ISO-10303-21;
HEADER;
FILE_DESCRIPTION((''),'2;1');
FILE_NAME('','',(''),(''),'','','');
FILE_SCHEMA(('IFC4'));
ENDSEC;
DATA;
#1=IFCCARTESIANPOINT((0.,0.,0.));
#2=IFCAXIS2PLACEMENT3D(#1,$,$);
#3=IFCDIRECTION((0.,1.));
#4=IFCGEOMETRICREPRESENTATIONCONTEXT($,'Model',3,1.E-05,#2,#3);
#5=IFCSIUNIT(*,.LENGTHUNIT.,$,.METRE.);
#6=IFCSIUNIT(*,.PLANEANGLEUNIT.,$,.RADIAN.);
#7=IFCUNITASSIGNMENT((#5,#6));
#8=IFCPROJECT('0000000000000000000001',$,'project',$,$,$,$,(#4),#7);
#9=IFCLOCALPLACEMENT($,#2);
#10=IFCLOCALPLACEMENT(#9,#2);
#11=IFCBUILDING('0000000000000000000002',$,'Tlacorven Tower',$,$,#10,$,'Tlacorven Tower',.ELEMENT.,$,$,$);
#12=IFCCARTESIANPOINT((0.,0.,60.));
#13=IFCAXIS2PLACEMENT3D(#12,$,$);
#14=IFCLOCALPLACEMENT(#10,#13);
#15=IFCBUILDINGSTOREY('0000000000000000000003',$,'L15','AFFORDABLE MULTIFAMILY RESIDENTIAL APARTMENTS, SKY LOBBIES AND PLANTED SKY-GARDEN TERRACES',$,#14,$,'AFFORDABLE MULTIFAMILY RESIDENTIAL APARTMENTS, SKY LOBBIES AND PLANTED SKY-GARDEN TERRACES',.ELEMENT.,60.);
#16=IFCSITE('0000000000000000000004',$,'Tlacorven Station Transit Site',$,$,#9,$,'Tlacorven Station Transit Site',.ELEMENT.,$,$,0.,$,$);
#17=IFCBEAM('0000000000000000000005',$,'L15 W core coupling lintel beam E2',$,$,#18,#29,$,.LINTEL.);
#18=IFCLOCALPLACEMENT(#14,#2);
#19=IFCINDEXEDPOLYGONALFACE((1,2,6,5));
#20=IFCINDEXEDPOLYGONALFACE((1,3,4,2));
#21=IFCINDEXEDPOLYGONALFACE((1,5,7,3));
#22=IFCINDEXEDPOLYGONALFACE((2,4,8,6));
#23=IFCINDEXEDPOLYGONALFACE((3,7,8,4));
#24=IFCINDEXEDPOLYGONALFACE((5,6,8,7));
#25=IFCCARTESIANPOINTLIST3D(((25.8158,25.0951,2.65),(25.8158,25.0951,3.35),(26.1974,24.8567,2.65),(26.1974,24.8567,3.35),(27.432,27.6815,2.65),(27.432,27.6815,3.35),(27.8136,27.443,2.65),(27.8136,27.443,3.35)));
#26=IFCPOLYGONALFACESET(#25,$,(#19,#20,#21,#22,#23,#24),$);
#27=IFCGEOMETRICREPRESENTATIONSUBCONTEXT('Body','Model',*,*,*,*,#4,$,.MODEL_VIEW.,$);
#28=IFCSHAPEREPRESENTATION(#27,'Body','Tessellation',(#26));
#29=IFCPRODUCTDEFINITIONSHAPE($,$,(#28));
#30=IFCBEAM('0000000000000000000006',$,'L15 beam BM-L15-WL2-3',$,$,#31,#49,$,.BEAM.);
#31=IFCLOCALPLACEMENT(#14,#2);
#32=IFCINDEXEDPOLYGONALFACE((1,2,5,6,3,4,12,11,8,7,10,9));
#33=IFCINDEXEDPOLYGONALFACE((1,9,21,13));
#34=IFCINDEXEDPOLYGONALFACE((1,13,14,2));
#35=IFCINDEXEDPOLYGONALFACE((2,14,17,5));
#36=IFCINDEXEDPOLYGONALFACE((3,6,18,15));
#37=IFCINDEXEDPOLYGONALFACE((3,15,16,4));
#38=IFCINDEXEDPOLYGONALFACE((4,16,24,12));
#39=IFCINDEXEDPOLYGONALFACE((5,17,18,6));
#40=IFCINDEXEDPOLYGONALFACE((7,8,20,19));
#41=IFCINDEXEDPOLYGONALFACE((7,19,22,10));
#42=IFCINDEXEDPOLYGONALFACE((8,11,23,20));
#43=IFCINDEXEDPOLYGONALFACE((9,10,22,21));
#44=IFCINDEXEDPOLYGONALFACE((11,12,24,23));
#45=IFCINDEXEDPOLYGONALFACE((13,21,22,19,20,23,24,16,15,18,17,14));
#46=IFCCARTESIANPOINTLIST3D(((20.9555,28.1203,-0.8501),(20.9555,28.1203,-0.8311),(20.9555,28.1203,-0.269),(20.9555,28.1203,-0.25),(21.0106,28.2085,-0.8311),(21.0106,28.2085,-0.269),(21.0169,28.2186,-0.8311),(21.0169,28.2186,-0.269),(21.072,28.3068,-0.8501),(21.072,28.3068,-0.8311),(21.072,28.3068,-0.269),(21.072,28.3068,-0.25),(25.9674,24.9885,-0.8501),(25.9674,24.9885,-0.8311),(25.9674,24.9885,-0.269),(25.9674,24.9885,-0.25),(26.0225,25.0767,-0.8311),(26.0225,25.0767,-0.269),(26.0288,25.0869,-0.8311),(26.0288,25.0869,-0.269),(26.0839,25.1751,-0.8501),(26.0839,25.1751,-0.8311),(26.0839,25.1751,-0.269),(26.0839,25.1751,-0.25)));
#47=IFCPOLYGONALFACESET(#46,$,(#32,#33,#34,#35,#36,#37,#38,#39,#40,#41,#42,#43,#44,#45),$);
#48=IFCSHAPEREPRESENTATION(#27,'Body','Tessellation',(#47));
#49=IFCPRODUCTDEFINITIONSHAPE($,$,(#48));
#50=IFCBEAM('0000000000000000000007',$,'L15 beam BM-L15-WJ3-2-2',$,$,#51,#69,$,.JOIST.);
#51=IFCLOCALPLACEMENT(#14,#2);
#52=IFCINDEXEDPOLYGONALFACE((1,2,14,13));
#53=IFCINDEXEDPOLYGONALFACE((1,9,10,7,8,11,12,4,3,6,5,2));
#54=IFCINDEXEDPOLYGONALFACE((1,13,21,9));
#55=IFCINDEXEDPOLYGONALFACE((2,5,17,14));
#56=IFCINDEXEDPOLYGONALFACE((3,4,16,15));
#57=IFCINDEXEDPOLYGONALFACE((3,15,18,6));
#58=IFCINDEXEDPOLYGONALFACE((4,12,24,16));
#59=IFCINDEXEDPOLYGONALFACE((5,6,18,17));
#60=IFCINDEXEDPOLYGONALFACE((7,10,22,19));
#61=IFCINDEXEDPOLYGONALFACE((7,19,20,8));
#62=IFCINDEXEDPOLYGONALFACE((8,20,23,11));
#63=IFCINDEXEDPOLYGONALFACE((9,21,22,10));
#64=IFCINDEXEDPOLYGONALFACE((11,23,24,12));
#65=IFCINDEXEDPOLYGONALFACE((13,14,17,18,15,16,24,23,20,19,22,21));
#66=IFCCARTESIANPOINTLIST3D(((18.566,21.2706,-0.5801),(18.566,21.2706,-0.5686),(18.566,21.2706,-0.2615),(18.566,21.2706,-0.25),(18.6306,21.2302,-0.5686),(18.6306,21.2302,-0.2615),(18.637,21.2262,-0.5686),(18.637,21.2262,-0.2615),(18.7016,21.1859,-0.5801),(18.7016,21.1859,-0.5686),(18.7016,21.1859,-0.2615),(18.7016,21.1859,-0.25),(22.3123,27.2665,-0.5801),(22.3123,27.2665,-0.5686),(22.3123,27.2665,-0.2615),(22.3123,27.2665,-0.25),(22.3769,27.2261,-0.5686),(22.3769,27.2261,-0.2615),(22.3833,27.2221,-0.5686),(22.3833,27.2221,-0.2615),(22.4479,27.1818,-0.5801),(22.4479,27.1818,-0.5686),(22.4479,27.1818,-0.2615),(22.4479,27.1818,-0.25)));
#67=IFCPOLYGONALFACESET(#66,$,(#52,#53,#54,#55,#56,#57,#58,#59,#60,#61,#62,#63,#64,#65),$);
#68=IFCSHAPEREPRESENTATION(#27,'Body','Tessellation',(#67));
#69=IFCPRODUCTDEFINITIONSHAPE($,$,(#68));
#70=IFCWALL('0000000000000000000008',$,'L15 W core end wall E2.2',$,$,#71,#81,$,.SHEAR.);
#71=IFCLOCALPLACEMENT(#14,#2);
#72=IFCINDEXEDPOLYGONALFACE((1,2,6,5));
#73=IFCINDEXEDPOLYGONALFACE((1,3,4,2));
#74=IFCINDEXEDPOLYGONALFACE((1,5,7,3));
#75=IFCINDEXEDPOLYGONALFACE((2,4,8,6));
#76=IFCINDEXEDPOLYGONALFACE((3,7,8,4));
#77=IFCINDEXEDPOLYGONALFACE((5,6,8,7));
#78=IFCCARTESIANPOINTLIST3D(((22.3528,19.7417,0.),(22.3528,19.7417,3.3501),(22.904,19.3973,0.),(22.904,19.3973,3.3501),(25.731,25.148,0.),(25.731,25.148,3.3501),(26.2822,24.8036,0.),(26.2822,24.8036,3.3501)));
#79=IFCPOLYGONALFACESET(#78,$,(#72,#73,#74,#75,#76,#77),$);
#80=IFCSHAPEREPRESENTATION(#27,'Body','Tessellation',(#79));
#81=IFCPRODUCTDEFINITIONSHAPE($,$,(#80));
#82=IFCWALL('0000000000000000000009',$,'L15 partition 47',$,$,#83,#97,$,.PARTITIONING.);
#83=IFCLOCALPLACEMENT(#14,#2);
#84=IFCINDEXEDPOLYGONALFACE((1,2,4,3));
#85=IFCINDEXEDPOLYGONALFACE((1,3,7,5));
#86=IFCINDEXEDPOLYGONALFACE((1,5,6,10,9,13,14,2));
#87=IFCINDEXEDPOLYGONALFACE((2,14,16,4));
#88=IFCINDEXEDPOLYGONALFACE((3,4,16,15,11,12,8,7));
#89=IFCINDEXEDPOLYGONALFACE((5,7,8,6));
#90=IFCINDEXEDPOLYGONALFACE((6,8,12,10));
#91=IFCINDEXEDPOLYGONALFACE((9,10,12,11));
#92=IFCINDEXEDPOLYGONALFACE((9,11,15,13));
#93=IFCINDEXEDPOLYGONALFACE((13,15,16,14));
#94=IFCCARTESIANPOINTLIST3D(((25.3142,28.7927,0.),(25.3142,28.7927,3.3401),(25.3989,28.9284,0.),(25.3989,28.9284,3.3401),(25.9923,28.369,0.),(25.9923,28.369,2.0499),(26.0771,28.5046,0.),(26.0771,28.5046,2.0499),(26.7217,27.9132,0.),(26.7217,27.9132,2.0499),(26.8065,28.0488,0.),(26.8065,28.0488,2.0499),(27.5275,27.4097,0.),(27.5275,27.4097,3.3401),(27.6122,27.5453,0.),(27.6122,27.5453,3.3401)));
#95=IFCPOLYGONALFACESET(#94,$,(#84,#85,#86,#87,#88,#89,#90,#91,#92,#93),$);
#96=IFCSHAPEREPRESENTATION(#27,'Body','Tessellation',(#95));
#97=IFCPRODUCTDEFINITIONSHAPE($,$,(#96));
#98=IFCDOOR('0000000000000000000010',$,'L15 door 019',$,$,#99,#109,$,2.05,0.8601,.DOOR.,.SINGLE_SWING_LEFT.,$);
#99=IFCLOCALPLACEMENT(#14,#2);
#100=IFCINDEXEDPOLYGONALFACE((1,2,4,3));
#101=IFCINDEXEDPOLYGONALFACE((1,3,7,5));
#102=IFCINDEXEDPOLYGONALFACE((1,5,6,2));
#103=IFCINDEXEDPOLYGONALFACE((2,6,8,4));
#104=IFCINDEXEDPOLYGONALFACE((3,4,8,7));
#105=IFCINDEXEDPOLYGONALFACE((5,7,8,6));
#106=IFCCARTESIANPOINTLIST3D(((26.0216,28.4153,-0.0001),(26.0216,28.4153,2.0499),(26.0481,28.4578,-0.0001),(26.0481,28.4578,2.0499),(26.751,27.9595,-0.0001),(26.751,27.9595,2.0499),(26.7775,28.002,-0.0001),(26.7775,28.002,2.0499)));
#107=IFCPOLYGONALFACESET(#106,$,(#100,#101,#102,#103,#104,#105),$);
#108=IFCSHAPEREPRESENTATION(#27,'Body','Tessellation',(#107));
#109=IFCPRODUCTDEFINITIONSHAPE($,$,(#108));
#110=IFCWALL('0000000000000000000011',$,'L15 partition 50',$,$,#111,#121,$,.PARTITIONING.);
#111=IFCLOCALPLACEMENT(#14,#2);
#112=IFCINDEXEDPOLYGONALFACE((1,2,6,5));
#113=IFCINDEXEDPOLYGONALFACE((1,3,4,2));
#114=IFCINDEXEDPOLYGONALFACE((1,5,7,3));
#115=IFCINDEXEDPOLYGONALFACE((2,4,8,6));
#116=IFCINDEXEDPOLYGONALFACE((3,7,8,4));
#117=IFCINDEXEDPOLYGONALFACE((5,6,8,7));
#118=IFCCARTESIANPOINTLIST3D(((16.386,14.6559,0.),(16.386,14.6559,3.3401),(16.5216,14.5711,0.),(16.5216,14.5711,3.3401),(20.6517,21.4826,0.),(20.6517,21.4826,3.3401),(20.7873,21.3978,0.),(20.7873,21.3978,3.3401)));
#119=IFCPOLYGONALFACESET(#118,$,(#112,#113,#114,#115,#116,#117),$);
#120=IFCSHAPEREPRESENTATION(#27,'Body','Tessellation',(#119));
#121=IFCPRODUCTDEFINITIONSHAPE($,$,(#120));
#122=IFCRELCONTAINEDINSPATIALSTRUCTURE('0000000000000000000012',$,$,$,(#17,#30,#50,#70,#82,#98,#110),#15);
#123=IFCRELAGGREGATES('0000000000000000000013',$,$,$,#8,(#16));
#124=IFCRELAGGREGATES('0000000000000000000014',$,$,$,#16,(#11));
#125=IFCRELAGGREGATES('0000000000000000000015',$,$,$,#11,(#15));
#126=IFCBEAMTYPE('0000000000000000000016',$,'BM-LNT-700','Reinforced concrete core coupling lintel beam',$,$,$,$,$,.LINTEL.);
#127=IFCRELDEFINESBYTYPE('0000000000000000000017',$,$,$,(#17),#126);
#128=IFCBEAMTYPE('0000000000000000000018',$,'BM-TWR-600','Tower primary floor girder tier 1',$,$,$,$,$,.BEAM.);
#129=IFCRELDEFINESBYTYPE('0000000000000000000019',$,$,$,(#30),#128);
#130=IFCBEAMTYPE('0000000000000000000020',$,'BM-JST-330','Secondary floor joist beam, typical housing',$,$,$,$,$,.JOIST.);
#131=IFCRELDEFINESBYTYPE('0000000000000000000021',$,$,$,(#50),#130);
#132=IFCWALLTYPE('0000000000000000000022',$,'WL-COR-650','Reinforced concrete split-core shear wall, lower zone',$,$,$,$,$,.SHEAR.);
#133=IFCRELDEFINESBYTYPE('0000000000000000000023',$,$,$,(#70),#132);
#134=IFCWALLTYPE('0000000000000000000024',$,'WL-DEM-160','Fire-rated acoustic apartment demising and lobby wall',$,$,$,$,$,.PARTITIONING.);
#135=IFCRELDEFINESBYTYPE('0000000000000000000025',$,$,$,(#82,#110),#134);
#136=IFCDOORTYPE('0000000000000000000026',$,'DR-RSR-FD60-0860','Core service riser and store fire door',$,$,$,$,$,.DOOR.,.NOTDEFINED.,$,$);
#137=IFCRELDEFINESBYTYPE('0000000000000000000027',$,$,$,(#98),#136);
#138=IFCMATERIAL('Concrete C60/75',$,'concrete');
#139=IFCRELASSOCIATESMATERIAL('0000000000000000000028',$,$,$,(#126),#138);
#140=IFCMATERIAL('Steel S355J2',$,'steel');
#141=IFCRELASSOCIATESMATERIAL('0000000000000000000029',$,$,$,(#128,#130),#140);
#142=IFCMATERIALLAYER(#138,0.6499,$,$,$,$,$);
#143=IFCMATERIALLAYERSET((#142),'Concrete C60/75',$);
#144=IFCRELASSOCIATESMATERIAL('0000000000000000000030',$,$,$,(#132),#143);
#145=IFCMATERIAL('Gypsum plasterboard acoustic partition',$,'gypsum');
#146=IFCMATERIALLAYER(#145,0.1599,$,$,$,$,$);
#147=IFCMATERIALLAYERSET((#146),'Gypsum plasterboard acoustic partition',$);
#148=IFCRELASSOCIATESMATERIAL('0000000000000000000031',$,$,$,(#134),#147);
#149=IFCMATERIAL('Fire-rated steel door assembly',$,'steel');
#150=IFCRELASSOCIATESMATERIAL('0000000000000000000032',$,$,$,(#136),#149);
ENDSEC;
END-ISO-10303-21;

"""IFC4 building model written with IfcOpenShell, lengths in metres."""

from ifc_helpers import new_model, si_unit, direction, frame, frame_2d, origin, origin_2d, place, context, subcontext, project, spatial, rectangle, i_section, extrude, source, transform, mapped, material, layer, layer_set, material_profile, profile_set, type_object, element, fill, save


model = new_model("IFC4")

# Units and contexts
model_context = context("Model", 3, precision=1e-05, world=origin(), true_north=direction((0.0, 1.0)))
body_context = subcontext(model_context, "Body", "Model", "MODEL_VIEW")
ifc_project = project(units=[si_unit("LENGTHUNIT", "METRE"), si_unit("PLANEANGLEUNIT", "RADIAN")], contexts=[model_context])

# Site, building, storey
site_placement = place(None, origin())
site = spatial("IfcSite", under=ifc_project, at=site_placement, Name="Tlacorven Station Transit Site", LongName="Tlacorven Station Transit Site", CompositionType="ELEMENT", RefElevation=0.0)
building_placement = place(site_placement, origin())
building = spatial("IfcBuilding", under=site, at=building_placement, Name="Tlacorven Tower", LongName="Tlacorven Tower", CompositionType="ELEMENT")
storey_placement = place(building_placement, frame((0.0, 0.0, 60.0)))
storey = spatial("IfcBuildingStorey", under=building, at=storey_placement, Name="L15", Description="AFFORDABLE MULTIFAMILY RESIDENTIAL APARTMENTS, SKY LOBBIES AND PLANTED SKY-GARDEN TERRACES", LongName="AFFORDABLE MULTIFAMILY RESIDENTIAL APARTMENTS, SKY LOBBIES AND PLANTED SKY-GARDEN TERRACES", CompositionType="ELEMENT", Elevation=60.0)

# Beams
ifc_material_1 = material(Name="Concrete C60/75", Category="concrete")
ifc_material_profile_1 = material_profile(ifc_material_1, rectangle(XDim=0.45, YDim=0.7, at=origin_2d()), Name="RC 450X700")
ifc_profile_set_1 = profile_set([ifc_material_profile_1], Name="Concrete C60/75")
beam_type_1 = type_object("IfcBeamType", Name="BM-LNT-700", Description="Reinforced concrete core coupling lintel beam", PredefinedType="LINTEL", material=ifc_profile_set_1)
shared_shape_1 = source(origin(), body_context, "Body", "SweptSolid", [
    extrude(rectangle(XDim=0.45, YDim=0.7, at=origin_2d()), origin(), (0.0, 0.0, 1.0), 3.0498),
])
beam_1_placement = place(storey_placement, frame((27.6228, 27.5623, 3.0), z_axis=(-0.529927, -0.848043, 0.0), x_axis=(0.848043, -0.529927, 0.0)))
element("IfcBeam", 1, at=beam_1_placement, inside=storey, type_object=beam_type_1, Name="L15 W core coupling lintel beam E2", PredefinedType="LINTEL", context=body_context, shape_type="MappedRepresentation", body=[
    mapped(shared_shape_1, transform((0.0, 0.0, 0.0), scale=1.0)),
])
ifc_material_2 = material(Name="Steel S355J2", Category="steel")
ifc_material_profile_2 = material_profile(ifc_material_2, i_section(OverallWidth=0.22, OverallDepth=0.6001, WebThickness=0.012, FlangeThickness=0.019, at=origin_2d()), Name="IPE 600")
ifc_profile_set_2 = profile_set([ifc_material_profile_2], Name="Steel S355J2")
beam_type_2 = type_object("IfcBeamType", Name="BM-TWR-600", Description="Tower primary floor girder tier 1", PredefinedType="BEAM", material=ifc_profile_set_2)
shared_shape_2 = source(origin(), body_context, "Body", "SweptSolid", [
    extrude(i_section(OverallWidth=0.22, OverallDepth=0.6001, WebThickness=0.012, FlangeThickness=0.019, at=origin_2d()), origin(), (0.0, 0.0, 1.0), 5.9099),
])
beam_2_placement = place(storey_placement, frame((26.0256, 25.0818, -0.55), z_axis=(-0.848047, 0.529921, 0.0), x_axis=(-0.529921, -0.848047, 0.0)))
element("IfcBeam", 2, at=beam_2_placement, inside=storey, type_object=beam_type_2, Name="L15 beam BM-L15-WL2-3", PredefinedType="BEAM", context=body_context, shape_type="MappedRepresentation", body=[
    mapped(shared_shape_2, transform((0.0, 0.0, 0.0), scale=1.0)),
])
ifc_material_profile_3 = material_profile(ifc_material_2, i_section(OverallWidth=0.1599, OverallDepth=0.3301, WebThickness=0.0076, FlangeThickness=0.0115, at=origin_2d()), Name="IPE 330")
ifc_profile_set_3 = profile_set([ifc_material_profile_3], Name="Steel S355J2")
beam_type_3 = type_object("IfcBeamType", Name="BM-JST-330", Description="Secondary floor joist beam, typical housing", PredefinedType="JOIST", material=ifc_profile_set_3)
shared_shape_3 = source(origin(), body_context, "Body", "SweptSolid", [
    extrude(i_section(OverallWidth=0.1599, OverallDepth=0.3301, WebThickness=0.0076, FlangeThickness=0.0115, at=origin_2d()), origin(), (0.0, 0.0, 1.0), 7.0701),
])
beam_3_placement = place(storey_placement, frame((22.3801, 27.2241, -0.415), z_axis=(-0.52989, -0.848066, 0.0), x_axis=(0.848066, -0.52989, 0.0)))
element("IfcBeam", 3, at=beam_3_placement, inside=storey, type_object=beam_type_3, Name="L15 beam BM-L15-WJ3-2-2", PredefinedType="JOIST", context=body_context, shape_type="MappedRepresentation", body=[
    mapped(shared_shape_3, transform((0.0, 0.0, 0.0), scale=1.0)),
])

# Wall
ifc_layer_1 = layer(ifc_material_1, 0.6499)
ifc_layer_set_1 = layer_set([ifc_layer_1], Name="Concrete C60/75")
wall_type_1 = type_object("IfcWallType", Name="WL-COR-650", Description="Reinforced concrete split-core shear wall, lower zone", PredefinedType="SHEAR", material=ifc_layer_set_1)
wall_1_placement = place(storey_placement, frame((26.0066, 24.9758, 0.0), z_axis=(0.0, 0.0, 1.0), x_axis=(-0.529916, -0.84805, 0.0)))
element("IfcWall", 4, at=wall_1_placement, inside=storey, type_object=wall_type_1, Name="L15 W core end wall E2.2", PredefinedType="SHEAR", context=body_context, shape_type="SweptSolid", body=[
    extrude(rectangle(XDim=6.375, YDim=0.6499, at=frame_2d((3.1875, 0.0))), origin(), (0.0, 0.0, 1.0), 3.3501),
])

# Wall, opening, door
ifc_material_3 = material(Name="Gypsum plasterboard acoustic partition", Category="gypsum")
ifc_layer_2 = layer(ifc_material_3, 0.1599)
ifc_layer_set_2 = layer_set([ifc_layer_2], Name="Gypsum plasterboard acoustic partition")
wall_type_2 = type_object("IfcWallType", Name="WL-DEM-160", Description="Fire-rated acoustic apartment demising and lobby wall", PredefinedType="PARTITIONING", material=ifc_layer_set_2)
wall_2_placement = place(storey_placement, frame((27.5698, 27.4775, 0.0), z_axis=(0.0, 0.0, 1.0), x_axis=(-0.848051, 0.529915, 0.0)))
wall_2 = element("IfcWall", 5, at=wall_2_placement, inside=storey, type_object=wall_type_2, Name="L15 partition 47", PredefinedType="PARTITIONING", context=body_context, shape_type="SweptSolid", body=[
    extrude(rectangle(XDim=2.6099, YDim=0.1599, at=frame_2d((1.3049, 0.0))), origin(), (0.0, 0.0, 1.0), 3.3401),
])
opening_1_placement = place(wall_2_placement, frame((0.95, 0.0, 0.0)))
opening_1 = element("IfcOpeningElement", 6, at=opening_1_placement, cuts=wall_2, PredefinedType="OPENING", context=body_context, shape_type="SweptSolid", body=[
    extrude(rectangle(XDim=0.8601, YDim=2.05, at=frame_2d((0.4302, 1.0249))), frame((0.0, 0.0898, 0.0), z_axis=(0.0, -1.0, 0.0), x_axis=(1.0, 0.0, 0.0)), (0.0, 0.0, 1.0), 0.1799),
])
ifc_material_4 = material(Name="Fire-rated steel door assembly", Category="steel")
door_type_1 = type_object("IfcDoorType", Name="DR-RSR-FD60-0860", Description="Core service riser and store fire door", OperationType="NOTDEFINED", PredefinedType="DOOR", material=ifc_material_4)
shared_shape_4 = source(origin(), body_context, "Body", "SweptSolid", [
    extrude(rectangle(XDim=0.8601, YDim=2.05, at=frame_2d((0.4302, 1.0249))), frame((0.0, 0.0249, 0.0), z_axis=(0.0, -1.0, 0.0), x_axis=(1.0, 0.0, 0.0)), (0.0, 0.0, 1.0), 0.05),
])
door_1_placement = place(opening_1_placement, frame((0.8601, 0.0, 0.0), z_axis=(0.0, 0.0, 1.0), x_axis=(-1.0, 0.0, 0.0)))
door_1 = element("IfcDoor", 7, at=door_1_placement, inside=storey, type_object=door_type_1, Name="L15 door 019", OperationType="SINGLE_SWING_LEFT", OverallHeight=2.05, OverallWidth=0.8601, PredefinedType="DOOR", context=body_context, shape_type="MappedRepresentation", body=[
    mapped(shared_shape_4, transform((0.0, 0.0, 0.0), scale=1.0)),
])
fill(opening_1, door_1)

# Wall
wall_3_placement = place(storey_placement, frame((20.7195, 21.4402, 0.0), z_axis=(0.0, 0.0, 1.0), x_axis=(-0.529906, -0.848056, 0.0)))
element("IfcWall", 8, at=wall_3_placement, inside=storey, type_object=wall_type_2, Name="L15 partition 50", PredefinedType="PARTITIONING", context=body_context, shape_type="SweptSolid", body=[
    extrude(rectangle(XDim=8.0498, YDim=0.1599, at=frame_2d((4.0249, 0.0))), origin(), (0.0, 0.0, 1.0), 3.3401),
])

save(model, "model.ifc")
